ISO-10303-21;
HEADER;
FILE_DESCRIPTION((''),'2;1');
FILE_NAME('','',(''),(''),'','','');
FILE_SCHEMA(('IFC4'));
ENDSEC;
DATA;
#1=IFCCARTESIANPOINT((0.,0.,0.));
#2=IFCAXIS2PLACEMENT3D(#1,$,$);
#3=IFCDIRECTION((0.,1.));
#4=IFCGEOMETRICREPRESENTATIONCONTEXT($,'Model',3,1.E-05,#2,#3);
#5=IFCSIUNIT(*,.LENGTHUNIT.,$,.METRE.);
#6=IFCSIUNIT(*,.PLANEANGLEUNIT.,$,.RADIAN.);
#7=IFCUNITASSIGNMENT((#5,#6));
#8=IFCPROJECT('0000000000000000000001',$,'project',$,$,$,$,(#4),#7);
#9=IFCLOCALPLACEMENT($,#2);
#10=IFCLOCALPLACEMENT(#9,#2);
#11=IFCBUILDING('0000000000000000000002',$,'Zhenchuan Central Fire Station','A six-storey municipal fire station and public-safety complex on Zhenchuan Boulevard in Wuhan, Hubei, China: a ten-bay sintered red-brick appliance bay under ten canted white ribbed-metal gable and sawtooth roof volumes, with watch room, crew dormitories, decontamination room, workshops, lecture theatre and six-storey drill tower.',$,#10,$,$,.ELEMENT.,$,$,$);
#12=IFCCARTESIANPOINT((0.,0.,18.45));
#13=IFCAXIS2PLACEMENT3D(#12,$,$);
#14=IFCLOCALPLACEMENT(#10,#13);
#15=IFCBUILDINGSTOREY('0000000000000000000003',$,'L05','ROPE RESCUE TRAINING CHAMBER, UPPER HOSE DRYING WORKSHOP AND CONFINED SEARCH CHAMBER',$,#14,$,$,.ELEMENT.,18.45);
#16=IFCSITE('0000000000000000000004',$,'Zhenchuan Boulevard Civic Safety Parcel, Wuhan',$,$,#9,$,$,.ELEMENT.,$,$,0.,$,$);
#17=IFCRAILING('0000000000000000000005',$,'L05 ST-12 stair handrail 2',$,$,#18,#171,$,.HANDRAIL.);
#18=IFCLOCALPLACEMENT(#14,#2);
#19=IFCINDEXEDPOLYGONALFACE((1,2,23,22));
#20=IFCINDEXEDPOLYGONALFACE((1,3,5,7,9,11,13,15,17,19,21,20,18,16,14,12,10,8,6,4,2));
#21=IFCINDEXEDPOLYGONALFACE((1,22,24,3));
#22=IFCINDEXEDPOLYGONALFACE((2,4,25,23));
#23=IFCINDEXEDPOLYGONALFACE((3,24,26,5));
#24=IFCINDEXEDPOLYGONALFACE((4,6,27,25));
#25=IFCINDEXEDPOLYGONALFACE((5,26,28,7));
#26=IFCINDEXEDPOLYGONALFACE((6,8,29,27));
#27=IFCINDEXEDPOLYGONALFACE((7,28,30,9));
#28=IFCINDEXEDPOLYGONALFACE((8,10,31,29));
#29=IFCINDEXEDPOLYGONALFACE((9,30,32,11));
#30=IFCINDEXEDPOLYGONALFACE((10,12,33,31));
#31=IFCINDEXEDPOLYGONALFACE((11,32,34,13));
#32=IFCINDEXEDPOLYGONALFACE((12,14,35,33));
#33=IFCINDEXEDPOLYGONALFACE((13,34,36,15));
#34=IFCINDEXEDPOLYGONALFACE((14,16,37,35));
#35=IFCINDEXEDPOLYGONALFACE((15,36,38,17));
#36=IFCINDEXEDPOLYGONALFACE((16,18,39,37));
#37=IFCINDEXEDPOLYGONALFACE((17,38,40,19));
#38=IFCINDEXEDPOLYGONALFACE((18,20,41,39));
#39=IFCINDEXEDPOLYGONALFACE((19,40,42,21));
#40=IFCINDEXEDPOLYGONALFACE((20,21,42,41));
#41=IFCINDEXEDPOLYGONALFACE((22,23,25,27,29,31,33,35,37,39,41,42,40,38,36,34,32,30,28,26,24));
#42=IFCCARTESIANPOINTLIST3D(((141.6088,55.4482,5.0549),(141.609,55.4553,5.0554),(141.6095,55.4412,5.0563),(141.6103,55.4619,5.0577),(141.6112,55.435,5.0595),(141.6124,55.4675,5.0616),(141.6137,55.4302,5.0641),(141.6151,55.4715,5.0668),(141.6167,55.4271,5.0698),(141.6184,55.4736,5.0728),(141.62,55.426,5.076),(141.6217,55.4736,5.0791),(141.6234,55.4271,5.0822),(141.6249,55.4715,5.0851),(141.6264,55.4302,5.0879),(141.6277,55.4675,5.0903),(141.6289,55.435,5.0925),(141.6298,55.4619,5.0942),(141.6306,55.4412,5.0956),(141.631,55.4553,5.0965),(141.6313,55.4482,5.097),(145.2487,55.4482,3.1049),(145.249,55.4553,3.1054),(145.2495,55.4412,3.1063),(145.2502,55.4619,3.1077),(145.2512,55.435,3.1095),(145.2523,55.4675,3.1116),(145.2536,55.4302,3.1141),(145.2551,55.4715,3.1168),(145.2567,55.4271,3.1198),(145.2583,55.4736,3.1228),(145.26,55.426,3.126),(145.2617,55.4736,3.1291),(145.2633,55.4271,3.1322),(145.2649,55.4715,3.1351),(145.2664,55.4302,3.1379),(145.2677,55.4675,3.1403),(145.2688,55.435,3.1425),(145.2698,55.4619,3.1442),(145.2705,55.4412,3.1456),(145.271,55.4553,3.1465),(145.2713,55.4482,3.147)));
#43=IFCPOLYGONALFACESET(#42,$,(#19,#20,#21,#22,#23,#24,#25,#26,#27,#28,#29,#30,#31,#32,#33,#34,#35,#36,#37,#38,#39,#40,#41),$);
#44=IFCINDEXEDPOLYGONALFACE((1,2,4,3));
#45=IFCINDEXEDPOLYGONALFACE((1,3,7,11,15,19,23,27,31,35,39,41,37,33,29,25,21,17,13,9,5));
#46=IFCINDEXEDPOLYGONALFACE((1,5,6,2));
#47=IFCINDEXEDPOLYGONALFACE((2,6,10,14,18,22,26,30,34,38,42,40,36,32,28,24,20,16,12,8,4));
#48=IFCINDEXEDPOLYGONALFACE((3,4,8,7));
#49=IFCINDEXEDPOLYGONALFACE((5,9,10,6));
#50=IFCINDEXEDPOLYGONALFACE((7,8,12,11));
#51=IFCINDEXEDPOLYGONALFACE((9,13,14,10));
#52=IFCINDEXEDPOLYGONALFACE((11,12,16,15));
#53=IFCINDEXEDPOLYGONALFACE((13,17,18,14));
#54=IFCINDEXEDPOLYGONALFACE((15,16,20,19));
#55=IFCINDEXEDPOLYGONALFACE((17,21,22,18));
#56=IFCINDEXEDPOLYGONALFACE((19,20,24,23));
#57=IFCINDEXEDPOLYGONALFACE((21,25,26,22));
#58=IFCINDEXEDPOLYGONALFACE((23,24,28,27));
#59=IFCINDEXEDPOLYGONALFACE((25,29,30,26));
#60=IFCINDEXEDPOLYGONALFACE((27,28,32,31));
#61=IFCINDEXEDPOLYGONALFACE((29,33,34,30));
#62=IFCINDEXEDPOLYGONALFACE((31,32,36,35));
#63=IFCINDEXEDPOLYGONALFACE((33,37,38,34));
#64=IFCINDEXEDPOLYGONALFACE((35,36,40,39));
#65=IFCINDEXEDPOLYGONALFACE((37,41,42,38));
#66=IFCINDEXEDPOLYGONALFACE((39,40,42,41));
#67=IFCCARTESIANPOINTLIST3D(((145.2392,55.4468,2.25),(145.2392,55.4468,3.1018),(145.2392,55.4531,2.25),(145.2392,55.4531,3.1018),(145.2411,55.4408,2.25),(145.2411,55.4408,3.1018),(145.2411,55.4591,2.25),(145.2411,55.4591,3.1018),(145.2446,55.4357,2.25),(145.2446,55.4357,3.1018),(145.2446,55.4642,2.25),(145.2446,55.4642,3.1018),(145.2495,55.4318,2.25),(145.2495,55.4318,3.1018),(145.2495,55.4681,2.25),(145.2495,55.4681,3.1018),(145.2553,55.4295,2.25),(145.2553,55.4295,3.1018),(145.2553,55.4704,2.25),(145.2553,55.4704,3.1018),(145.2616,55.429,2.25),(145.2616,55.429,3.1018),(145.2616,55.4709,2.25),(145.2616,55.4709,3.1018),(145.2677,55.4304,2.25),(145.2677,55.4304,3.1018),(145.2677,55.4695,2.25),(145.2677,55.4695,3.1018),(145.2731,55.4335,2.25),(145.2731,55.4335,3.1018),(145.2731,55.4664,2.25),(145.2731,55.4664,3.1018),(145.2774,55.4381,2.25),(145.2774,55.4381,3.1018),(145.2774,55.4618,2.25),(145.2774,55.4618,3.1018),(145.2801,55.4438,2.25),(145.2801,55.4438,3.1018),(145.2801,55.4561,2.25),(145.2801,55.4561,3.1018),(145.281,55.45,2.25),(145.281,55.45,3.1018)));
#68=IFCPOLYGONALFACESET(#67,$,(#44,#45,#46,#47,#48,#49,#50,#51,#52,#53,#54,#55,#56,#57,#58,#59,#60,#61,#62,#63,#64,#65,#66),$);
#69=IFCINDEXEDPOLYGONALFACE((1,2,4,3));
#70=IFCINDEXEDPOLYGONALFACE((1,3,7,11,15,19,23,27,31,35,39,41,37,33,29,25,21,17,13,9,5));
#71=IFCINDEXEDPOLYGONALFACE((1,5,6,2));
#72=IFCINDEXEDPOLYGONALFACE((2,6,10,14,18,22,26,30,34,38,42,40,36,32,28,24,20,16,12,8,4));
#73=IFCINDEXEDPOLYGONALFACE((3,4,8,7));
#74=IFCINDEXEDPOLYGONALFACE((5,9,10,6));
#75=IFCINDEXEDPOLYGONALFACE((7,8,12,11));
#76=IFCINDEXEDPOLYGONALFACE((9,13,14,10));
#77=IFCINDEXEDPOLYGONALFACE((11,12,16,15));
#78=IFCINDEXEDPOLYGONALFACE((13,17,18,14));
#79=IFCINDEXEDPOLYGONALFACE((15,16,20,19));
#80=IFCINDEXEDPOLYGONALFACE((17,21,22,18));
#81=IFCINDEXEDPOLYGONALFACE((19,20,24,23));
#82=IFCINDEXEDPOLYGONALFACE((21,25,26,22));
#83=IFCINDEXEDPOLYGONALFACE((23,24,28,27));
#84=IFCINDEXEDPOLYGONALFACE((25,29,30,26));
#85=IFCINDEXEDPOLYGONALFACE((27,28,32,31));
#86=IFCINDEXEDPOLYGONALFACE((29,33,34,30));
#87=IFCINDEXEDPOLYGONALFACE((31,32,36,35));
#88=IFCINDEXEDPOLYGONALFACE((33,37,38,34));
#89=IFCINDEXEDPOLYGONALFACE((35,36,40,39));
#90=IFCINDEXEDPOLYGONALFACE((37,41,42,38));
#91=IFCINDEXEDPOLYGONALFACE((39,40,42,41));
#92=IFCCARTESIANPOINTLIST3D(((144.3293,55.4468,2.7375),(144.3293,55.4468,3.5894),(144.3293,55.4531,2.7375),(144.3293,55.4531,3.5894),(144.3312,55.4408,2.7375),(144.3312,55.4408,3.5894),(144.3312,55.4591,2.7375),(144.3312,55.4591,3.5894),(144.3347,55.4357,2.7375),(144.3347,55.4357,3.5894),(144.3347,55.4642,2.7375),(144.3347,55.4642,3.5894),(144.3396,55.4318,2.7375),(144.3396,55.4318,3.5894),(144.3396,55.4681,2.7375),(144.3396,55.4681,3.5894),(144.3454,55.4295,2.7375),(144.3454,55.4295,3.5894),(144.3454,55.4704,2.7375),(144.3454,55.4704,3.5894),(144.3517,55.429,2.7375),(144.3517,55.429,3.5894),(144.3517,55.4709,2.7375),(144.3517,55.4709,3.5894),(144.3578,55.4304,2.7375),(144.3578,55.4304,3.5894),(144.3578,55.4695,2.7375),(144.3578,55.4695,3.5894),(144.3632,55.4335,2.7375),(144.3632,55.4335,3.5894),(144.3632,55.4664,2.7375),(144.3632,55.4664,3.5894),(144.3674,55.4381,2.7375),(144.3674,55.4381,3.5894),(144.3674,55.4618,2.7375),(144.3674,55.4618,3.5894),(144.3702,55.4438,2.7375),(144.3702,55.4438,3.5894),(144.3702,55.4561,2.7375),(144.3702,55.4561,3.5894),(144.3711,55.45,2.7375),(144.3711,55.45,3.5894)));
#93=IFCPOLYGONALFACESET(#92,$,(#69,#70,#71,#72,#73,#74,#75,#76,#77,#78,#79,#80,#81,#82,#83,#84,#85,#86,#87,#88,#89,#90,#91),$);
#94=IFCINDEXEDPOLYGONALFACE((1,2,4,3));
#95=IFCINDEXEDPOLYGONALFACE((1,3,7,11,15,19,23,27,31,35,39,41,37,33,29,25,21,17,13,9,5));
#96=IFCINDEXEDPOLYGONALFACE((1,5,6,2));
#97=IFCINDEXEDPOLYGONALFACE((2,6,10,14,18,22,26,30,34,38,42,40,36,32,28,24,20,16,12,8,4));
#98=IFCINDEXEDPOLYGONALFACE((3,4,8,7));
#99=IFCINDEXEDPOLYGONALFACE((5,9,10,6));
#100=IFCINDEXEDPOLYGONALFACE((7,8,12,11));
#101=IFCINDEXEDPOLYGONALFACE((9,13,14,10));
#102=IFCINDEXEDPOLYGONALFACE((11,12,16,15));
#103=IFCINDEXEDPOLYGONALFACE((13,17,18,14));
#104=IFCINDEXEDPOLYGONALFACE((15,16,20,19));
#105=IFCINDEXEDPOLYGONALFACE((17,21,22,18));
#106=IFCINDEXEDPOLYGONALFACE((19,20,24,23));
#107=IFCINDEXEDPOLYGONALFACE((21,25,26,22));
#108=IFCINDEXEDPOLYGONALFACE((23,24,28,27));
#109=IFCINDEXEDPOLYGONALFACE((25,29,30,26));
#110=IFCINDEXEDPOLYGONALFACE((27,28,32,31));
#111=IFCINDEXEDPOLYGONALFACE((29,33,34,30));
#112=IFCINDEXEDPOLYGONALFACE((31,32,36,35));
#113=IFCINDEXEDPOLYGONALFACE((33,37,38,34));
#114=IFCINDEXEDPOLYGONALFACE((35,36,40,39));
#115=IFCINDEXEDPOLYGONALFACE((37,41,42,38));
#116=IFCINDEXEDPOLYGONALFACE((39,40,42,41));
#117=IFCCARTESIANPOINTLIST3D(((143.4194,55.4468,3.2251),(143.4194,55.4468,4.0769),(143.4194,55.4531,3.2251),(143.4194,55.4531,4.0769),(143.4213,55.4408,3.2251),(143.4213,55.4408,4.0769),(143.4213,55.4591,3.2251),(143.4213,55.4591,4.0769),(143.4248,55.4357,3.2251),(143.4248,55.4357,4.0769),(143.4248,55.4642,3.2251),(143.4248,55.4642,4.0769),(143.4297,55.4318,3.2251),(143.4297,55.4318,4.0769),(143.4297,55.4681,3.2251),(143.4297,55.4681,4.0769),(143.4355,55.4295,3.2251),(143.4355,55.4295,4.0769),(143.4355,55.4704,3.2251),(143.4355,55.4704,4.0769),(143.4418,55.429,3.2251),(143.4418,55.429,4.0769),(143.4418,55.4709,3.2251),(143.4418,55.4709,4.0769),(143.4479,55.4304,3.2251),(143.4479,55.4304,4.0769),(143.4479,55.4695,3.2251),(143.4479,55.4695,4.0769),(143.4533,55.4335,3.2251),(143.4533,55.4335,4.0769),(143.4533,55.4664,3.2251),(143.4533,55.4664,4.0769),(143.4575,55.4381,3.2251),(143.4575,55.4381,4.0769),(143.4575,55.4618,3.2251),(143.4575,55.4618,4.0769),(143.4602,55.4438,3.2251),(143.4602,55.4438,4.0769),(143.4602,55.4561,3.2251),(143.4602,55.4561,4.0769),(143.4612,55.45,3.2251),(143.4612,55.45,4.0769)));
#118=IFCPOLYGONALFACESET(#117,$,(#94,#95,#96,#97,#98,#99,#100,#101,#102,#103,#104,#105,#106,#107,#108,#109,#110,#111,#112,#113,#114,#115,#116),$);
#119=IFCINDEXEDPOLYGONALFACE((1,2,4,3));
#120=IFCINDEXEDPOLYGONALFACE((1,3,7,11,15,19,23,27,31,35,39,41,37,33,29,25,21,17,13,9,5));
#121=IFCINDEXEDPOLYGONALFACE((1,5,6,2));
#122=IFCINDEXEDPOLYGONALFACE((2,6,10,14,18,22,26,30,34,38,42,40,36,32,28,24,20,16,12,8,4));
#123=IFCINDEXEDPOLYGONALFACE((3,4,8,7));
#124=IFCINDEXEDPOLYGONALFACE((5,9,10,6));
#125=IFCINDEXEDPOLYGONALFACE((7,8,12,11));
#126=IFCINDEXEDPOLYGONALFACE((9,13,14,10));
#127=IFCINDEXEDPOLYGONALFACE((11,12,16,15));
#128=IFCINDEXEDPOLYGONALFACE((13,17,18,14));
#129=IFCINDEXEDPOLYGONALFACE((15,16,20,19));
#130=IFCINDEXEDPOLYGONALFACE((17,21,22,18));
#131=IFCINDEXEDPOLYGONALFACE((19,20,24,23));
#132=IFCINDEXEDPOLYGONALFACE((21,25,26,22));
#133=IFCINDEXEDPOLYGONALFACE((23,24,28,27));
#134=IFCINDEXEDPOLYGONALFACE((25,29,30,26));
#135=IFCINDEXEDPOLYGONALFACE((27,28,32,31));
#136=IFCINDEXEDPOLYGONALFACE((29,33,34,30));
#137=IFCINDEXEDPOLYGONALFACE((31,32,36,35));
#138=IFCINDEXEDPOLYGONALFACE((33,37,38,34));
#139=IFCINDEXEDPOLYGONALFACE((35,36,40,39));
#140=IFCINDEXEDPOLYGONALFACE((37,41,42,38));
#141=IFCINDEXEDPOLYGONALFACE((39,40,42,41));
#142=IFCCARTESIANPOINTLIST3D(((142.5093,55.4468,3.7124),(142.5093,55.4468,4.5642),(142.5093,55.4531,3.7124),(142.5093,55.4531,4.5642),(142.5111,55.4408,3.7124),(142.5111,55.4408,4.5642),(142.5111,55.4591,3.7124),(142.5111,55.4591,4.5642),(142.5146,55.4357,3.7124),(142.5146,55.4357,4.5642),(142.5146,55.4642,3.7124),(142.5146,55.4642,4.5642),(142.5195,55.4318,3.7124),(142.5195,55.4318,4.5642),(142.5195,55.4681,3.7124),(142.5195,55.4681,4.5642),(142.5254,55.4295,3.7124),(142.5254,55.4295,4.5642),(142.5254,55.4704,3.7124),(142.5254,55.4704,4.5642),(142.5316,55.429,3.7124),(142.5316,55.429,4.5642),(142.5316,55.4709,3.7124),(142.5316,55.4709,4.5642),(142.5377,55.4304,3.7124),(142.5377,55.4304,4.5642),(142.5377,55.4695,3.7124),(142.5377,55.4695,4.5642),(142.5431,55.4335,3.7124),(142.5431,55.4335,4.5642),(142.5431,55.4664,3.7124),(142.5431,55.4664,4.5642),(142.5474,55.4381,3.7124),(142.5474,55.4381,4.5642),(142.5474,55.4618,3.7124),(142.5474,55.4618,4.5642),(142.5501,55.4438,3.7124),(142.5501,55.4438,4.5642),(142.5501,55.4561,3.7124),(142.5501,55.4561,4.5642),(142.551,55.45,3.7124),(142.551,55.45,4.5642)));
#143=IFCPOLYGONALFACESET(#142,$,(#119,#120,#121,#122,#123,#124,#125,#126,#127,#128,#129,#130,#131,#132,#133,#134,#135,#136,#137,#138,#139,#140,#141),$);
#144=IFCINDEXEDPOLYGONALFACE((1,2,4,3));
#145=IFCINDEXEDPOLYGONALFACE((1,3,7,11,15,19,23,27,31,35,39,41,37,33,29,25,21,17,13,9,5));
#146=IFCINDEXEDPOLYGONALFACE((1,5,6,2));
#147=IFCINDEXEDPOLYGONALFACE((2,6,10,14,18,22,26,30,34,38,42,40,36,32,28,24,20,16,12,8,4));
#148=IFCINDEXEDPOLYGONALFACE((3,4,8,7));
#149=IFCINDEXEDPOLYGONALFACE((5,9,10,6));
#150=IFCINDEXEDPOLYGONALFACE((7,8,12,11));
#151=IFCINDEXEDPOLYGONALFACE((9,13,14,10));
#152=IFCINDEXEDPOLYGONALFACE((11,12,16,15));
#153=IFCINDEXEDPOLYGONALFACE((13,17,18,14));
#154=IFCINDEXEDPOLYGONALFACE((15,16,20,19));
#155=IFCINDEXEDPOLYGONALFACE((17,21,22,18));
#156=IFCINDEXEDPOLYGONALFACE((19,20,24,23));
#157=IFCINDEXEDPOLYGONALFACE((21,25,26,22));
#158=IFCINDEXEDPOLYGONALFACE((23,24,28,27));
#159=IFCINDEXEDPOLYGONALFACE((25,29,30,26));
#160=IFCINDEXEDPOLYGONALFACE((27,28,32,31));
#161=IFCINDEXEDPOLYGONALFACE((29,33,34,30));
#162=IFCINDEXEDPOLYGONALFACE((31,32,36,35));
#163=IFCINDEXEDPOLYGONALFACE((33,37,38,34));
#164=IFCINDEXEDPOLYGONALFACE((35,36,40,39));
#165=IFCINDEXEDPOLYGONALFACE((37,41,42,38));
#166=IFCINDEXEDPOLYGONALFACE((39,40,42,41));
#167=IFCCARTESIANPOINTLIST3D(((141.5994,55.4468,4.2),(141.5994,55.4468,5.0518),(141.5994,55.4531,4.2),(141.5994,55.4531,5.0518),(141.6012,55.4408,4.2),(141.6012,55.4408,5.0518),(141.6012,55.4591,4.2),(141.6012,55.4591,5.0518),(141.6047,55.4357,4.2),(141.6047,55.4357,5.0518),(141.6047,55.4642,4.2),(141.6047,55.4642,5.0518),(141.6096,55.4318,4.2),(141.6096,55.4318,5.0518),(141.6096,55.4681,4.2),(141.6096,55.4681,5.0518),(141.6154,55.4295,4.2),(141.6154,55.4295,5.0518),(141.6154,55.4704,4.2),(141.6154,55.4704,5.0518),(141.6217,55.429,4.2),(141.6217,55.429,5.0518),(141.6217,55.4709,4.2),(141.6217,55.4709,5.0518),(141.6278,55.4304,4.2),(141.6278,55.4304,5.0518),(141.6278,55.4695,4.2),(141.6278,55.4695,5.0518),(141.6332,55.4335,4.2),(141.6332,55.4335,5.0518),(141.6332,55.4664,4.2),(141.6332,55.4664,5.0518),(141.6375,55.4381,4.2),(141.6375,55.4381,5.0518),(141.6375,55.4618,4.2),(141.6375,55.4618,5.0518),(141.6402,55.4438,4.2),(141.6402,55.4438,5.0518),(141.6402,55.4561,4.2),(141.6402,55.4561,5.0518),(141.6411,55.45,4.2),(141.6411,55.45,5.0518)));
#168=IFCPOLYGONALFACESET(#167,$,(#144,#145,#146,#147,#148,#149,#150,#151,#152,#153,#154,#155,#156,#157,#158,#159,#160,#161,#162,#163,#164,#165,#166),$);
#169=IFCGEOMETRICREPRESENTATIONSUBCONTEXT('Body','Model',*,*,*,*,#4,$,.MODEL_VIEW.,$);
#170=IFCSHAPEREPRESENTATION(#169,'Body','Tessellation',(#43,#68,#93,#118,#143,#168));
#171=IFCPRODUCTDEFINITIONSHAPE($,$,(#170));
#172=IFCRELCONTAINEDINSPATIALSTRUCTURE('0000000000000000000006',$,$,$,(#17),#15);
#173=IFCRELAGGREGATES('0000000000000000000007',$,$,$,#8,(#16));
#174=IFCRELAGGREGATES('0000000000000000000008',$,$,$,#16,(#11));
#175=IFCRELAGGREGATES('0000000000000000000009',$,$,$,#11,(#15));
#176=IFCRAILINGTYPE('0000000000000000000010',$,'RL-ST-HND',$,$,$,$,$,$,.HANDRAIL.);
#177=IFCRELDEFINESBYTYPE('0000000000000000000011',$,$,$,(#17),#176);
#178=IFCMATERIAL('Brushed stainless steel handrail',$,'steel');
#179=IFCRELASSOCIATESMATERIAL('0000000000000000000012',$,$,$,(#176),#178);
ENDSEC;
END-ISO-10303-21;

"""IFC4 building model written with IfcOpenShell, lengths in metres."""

from ifc_helpers import new_model, si_unit, direction, frame, origin, origin_2d, place, context, subcontext, project, spatial, circle, extrude, material, type_object, element, save


model = new_model("IFC4")

# Units and contexts
model_context = context("Model", 3, precision=1e-05, world=origin(), true_north=direction((0.0, 1.0)))
body_context = subcontext(model_context, "Body", "Model", "MODEL_VIEW")
ifc_project = project(units=[si_unit("LENGTHUNIT", "METRE"), si_unit("PLANEANGLEUNIT", "RADIAN")], contexts=[model_context])

# Site, building, storey
site_placement = place(None, origin())
site = spatial("IfcSite", under=ifc_project, at=site_placement, Name="Zhenchuan Boulevard Civic Safety Parcel, Wuhan", CompositionType="ELEMENT", RefElevation=0.0)
building_placement = place(site_placement, origin())
building = spatial("IfcBuilding", under=site, at=building_placement, Name="Zhenchuan Central Fire Station", Description="A six-storey municipal fire station and public-safety complex on Zhenchuan Boulevard in Wuhan, Hubei, China: a ten-bay sintered red-brick appliance bay under ten canted white ribbed-metal gable and sawtooth roof volumes, with watch room, crew dormitories, decontamination room, workshops, lecture theatre and six-storey drill tower.", CompositionType="ELEMENT")
storey_placement = place(building_placement, frame((0.0, 0.0, 18.45)))
storey = spatial("IfcBuildingStorey", under=building, at=storey_placement, Name="L05", Description="ROPE RESCUE TRAINING CHAMBER, UPPER HOSE DRYING WORKSHOP AND CONFINED SEARCH CHAMBER", CompositionType="ELEMENT", Elevation=18.45)

# Railing
ifc_material_1 = material(Name="Brushed stainless steel handrail", Category="steel")
railing_type_1 = type_object("IfcRailingType", Name="RL-ST-HND", PredefinedType="HANDRAIL", material=ifc_material_1)
railing_1_placement = place(storey_placement, frame((145.26, 55.45, 2.25)))
element("IfcRailing", 1, at=railing_1_placement, inside=storey, type_object=railing_type_1, Name="L05 ST-12 stair handrail 2", PredefinedType="HANDRAIL", context=body_context, shape_type="SweptSolid", body=[
    extrude(circle(Radius=0.0239, at=origin_2d()), frame((0.0, 0.0, 0.876), z_axis=(-0.881479, 0.0, 0.472223), x_axis=(0.0, -1.0, 0.0)), (0.0, 0.0, 1.0), 4.1294),
    extrude(circle(Radius=0.021, at=origin_2d()), origin(), (0.0, 0.0, 1.0), 0.8518),
    extrude(circle(Radius=0.021, at=origin_2d()), frame((-0.9099, 0.0, 0.4875)), (0.0, 0.0, 1.0), 0.8518),
    extrude(circle(Radius=0.021, at=origin_2d()), frame((-1.8198, 0.0, 0.9751)), (0.0, 0.0, 1.0), 0.8518),
    extrude(circle(Radius=0.021, at=origin_2d()), frame((-2.73, 0.0, 1.4624)), (0.0, 0.0, 1.0), 0.8518),
    extrude(circle(Radius=0.021, at=origin_2d()), frame((-3.6399, 0.0, 1.95)), (0.0, 0.0, 1.0), 0.8518),
])

save(model, "model.ifc")
